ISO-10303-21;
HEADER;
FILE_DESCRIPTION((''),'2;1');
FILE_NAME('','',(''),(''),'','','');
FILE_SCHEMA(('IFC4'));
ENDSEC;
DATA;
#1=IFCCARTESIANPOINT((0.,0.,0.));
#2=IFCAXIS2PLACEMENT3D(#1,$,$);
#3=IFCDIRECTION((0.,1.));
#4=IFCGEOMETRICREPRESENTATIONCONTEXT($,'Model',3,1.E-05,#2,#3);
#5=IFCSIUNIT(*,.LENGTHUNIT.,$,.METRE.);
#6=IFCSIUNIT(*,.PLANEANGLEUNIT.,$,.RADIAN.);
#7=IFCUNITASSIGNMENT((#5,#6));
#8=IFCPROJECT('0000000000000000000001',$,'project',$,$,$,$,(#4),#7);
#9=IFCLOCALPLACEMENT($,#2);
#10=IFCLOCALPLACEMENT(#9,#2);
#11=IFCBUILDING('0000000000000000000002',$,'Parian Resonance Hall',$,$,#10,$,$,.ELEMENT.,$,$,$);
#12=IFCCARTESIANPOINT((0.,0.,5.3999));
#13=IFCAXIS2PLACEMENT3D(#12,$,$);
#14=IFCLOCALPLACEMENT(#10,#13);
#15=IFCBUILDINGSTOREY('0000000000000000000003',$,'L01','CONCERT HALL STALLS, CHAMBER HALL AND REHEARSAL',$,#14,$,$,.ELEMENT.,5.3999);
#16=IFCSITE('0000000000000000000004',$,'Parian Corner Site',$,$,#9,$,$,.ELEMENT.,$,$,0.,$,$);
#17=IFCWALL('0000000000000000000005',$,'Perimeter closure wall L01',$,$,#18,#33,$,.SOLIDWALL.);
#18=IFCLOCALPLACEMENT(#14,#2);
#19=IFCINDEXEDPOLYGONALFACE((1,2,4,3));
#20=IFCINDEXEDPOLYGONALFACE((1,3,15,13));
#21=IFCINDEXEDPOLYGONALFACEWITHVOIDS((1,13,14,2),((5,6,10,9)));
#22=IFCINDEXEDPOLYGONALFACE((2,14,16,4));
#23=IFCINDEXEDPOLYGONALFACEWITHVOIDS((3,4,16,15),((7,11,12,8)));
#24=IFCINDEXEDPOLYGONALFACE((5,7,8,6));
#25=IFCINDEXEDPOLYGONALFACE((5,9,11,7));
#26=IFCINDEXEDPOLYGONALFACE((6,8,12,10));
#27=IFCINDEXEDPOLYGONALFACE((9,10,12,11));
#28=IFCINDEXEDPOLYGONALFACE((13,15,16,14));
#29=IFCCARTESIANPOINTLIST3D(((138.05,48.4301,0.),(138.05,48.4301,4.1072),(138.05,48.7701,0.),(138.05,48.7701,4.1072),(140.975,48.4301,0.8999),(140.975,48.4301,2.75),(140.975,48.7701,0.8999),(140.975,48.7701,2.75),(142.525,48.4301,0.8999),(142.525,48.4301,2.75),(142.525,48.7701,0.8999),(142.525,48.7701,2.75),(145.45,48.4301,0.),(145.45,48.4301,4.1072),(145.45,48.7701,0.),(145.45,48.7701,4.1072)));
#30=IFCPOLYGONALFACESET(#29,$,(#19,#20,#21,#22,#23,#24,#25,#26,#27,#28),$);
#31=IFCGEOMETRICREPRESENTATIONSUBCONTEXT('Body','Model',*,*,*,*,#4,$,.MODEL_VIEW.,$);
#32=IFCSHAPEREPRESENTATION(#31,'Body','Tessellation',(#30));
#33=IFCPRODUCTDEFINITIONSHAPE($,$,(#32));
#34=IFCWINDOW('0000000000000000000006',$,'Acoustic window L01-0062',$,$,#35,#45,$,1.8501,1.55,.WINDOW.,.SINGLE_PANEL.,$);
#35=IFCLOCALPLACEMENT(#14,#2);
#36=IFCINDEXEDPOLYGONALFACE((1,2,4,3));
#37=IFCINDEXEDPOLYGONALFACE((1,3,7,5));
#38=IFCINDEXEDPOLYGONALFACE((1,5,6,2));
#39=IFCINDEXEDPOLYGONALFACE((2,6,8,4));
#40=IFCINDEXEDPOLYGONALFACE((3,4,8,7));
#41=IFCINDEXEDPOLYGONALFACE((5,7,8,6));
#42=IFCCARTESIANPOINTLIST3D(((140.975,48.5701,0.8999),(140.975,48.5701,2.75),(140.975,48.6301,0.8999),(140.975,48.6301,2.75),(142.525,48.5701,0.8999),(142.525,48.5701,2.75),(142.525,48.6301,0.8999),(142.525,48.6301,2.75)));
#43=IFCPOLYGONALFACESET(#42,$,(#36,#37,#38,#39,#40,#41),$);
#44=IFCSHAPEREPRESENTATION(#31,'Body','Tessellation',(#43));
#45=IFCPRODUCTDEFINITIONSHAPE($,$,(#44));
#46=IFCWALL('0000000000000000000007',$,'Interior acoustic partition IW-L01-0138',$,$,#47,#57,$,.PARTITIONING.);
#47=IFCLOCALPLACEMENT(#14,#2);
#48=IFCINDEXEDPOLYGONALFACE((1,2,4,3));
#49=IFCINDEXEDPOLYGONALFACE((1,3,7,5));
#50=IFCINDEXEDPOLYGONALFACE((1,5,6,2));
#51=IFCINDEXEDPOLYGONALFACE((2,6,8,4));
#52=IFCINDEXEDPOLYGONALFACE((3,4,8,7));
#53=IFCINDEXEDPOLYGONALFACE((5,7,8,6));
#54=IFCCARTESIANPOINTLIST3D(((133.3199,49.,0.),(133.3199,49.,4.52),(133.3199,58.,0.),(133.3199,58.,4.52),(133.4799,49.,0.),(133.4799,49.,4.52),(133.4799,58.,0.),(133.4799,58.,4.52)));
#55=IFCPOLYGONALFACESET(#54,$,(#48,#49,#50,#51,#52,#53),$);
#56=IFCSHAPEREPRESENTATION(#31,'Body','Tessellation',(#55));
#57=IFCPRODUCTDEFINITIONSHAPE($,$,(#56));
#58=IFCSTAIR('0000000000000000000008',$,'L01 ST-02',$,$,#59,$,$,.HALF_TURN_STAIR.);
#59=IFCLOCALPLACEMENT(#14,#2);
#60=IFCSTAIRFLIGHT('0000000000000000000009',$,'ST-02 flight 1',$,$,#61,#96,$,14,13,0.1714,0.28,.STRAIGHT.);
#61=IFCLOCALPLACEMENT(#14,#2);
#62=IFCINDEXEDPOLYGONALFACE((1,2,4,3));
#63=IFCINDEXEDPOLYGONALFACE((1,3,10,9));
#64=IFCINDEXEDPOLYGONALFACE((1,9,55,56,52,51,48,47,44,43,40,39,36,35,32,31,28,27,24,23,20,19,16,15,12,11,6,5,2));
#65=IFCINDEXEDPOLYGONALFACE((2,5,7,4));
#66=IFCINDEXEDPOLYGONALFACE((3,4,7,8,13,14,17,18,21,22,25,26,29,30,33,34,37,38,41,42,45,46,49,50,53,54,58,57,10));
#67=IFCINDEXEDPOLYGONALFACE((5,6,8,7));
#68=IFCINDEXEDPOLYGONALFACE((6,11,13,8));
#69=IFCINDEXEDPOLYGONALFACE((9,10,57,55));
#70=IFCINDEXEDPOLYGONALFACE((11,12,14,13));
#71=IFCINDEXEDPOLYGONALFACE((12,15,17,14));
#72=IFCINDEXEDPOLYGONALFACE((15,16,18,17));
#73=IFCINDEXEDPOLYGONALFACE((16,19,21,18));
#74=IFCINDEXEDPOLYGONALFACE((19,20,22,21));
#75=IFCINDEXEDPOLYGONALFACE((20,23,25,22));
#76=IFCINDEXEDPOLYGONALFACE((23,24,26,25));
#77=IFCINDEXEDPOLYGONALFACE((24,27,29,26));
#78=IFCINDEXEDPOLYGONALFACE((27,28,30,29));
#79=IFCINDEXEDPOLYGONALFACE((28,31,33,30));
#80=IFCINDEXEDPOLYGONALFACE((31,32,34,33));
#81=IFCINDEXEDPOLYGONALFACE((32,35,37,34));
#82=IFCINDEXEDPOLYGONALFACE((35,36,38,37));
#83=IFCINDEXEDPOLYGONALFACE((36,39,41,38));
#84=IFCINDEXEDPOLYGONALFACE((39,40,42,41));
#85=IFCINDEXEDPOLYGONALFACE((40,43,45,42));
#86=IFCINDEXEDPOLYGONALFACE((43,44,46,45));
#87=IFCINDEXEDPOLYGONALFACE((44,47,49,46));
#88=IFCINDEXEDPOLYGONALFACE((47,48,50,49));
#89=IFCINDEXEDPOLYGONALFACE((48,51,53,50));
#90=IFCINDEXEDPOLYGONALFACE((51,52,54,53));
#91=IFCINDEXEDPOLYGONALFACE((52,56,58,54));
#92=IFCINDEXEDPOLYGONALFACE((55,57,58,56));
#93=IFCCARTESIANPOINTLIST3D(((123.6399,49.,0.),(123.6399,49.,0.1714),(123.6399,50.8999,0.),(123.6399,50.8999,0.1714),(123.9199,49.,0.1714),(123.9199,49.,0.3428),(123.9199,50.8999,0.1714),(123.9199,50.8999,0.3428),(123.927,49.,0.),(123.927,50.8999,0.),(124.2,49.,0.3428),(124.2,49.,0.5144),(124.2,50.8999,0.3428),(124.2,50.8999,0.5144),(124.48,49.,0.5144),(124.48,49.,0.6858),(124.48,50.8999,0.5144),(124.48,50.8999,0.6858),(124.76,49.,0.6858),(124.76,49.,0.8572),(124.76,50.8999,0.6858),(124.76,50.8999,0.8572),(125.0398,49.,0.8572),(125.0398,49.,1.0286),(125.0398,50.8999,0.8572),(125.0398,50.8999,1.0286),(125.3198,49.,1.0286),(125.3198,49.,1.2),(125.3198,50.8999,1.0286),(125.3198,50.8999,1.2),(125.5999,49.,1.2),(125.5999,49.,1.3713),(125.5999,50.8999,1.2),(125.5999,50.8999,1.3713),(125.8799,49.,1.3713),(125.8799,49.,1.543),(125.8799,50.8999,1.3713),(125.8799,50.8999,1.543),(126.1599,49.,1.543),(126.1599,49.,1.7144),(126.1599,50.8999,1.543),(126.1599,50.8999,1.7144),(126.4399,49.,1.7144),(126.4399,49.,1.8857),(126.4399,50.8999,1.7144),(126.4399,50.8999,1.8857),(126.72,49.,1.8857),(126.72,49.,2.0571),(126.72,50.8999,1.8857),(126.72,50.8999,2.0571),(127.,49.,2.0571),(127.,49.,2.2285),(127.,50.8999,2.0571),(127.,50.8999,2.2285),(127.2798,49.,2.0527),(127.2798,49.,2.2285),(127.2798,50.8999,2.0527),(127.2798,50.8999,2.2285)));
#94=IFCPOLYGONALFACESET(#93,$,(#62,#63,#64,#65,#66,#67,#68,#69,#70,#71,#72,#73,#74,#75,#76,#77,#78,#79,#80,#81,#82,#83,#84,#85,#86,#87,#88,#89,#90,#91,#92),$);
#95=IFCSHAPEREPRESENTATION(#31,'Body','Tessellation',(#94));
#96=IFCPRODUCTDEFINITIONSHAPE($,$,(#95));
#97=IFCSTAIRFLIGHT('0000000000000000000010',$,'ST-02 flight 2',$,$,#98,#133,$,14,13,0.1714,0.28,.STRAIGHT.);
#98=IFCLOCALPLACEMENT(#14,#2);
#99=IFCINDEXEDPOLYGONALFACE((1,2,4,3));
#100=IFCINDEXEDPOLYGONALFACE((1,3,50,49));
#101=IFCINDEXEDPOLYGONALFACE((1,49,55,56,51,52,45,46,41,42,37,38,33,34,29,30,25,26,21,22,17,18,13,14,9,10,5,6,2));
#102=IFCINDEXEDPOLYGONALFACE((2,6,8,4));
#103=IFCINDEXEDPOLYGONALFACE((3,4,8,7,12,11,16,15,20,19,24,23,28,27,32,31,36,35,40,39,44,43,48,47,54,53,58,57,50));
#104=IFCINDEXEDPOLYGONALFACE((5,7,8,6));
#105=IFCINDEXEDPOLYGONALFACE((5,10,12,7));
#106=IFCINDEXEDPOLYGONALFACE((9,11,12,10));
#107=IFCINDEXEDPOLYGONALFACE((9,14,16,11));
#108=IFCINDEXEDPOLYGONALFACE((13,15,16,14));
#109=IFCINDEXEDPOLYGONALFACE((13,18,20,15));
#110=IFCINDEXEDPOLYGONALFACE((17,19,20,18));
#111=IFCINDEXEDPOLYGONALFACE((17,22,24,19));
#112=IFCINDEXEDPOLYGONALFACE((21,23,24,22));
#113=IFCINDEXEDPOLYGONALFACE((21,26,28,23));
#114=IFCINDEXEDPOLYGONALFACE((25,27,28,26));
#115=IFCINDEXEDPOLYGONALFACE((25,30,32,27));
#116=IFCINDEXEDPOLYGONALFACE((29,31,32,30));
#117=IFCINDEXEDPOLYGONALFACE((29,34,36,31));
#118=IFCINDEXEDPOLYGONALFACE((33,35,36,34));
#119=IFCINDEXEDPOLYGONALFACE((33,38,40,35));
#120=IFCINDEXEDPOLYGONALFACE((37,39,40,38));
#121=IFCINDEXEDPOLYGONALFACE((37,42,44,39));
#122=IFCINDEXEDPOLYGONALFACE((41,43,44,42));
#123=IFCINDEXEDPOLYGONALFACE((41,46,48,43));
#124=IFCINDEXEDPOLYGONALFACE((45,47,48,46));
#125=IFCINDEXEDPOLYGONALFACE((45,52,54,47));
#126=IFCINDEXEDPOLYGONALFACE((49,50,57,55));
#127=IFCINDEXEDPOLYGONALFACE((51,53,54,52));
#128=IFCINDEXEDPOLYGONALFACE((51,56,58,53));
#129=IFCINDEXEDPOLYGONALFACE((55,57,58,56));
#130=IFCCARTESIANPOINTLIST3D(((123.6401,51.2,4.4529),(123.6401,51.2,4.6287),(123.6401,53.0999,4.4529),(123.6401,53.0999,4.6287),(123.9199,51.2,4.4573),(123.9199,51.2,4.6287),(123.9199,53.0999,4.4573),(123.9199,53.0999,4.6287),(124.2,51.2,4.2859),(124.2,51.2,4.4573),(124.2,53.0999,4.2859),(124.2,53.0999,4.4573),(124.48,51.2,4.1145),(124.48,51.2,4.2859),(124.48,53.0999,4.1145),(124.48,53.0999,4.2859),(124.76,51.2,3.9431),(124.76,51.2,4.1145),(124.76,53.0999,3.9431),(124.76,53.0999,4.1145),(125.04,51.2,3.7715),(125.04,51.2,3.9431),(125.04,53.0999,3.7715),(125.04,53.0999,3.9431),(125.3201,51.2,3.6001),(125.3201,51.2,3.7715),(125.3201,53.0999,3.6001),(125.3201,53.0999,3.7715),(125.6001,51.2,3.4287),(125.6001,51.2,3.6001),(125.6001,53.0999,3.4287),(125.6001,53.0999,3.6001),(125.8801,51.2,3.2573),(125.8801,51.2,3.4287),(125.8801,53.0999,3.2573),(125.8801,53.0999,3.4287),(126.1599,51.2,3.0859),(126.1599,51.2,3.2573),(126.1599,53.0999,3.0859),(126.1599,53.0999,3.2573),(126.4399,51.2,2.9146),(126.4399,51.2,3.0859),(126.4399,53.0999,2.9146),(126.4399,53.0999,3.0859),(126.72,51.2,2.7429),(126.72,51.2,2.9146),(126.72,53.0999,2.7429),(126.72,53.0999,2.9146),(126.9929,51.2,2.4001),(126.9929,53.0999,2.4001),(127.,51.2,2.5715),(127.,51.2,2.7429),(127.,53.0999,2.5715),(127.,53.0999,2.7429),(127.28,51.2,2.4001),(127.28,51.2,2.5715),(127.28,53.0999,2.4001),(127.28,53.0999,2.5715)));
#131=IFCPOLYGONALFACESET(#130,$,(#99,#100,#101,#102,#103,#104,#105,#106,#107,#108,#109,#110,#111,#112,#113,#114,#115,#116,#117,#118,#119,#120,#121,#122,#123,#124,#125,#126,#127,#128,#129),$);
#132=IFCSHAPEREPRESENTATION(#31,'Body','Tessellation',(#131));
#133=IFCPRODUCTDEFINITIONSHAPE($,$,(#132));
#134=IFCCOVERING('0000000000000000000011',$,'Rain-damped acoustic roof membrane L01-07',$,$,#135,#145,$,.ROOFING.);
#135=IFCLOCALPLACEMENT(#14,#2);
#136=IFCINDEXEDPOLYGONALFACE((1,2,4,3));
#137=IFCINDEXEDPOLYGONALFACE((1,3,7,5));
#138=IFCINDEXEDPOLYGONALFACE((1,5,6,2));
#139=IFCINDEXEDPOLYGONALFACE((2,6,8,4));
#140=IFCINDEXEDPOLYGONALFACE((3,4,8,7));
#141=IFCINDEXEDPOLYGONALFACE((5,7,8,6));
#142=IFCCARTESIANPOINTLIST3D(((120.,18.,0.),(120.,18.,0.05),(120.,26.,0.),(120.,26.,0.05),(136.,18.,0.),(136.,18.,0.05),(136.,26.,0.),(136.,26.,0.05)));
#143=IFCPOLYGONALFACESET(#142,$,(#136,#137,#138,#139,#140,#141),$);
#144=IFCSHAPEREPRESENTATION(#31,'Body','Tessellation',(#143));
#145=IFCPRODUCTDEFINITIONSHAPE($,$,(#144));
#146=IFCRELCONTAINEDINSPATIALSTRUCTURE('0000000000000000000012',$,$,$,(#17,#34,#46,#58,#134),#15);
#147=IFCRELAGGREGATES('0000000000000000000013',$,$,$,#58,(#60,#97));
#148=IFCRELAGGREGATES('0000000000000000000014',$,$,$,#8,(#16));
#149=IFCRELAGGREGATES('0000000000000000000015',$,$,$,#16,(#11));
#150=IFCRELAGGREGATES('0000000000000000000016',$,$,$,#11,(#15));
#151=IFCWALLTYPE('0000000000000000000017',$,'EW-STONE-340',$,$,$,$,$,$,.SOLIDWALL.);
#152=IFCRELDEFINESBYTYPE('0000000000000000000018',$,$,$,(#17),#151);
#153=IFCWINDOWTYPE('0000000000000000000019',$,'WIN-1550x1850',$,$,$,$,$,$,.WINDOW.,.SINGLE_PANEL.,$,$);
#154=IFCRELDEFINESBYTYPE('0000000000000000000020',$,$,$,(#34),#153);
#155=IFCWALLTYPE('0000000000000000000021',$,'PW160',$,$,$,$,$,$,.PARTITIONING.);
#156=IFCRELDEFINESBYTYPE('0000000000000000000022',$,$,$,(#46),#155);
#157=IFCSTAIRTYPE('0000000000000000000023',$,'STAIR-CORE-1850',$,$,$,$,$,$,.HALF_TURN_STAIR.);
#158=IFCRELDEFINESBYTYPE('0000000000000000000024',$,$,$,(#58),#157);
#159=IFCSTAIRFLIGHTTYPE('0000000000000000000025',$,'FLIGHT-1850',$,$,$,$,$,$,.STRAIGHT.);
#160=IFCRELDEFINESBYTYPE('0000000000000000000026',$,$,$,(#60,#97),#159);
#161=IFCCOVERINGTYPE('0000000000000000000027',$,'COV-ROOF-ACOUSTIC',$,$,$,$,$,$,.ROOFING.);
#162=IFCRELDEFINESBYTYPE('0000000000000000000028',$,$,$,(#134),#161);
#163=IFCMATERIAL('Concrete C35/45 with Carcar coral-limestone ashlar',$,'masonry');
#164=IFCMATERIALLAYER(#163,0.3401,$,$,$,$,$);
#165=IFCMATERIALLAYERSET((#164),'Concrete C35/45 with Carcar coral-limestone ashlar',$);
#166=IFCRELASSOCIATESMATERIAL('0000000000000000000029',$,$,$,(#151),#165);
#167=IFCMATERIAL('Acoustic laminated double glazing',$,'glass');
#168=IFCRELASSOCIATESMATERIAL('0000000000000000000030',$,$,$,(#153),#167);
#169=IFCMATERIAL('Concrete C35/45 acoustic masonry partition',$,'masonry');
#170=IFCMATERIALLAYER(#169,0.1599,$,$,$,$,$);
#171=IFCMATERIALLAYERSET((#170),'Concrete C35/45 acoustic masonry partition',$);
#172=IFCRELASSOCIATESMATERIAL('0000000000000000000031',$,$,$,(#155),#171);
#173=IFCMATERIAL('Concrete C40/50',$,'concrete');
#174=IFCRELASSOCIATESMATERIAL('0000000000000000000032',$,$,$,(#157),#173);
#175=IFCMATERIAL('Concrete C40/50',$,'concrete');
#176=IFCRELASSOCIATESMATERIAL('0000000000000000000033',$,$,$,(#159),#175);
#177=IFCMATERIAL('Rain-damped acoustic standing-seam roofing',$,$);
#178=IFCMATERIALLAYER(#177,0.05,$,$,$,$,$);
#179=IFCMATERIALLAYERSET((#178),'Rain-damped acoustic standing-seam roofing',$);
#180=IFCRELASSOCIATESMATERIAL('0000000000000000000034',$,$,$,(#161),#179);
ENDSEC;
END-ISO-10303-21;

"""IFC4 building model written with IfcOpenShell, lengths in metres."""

from ifc_helpers import new_model, si_unit, direction, frame, frame_2d, origin, origin_2d, place, context, subcontext, project, spatial, polyline, rectangle, outline, extrude, material, layer, layer_set, type_object, element, fill, aggregate, save


model = new_model("IFC4")

# Units and contexts
model_context = context("Model", 3, precision=1e-05, world=origin(), true_north=direction((0.0, 1.0)))
body_context = subcontext(model_context, "Body", "Model", "MODEL_VIEW")
ifc_project = project(units=[si_unit("LENGTHUNIT", "METRE"), si_unit("PLANEANGLEUNIT", "RADIAN")], contexts=[model_context])

# Site, building, storey
site_placement = place(None, origin())
site = spatial("IfcSite", under=ifc_project, at=site_placement, Name="Parian Corner Site", CompositionType="ELEMENT", RefElevation=0.0)
building_placement = place(site_placement, origin())
building = spatial("IfcBuilding", under=site, at=building_placement, Name="Parian Resonance Hall", CompositionType="ELEMENT")
storey_placement = place(building_placement, frame((0.0, 0.0, 5.3999)))
storey = spatial("IfcBuildingStorey", under=building, at=storey_placement, Name="L01", Description="CONCERT HALL STALLS, CHAMBER HALL AND REHEARSAL", CompositionType="ELEMENT", Elevation=5.3999)

# Shared definitions
ifc_material_1 = material(Name="Concrete C35/45 with Carcar coral-limestone ashlar", Category="masonry")
ifc_layer_1 = layer(ifc_material_1, 0.3401)
ifc_layer_set_1 = layer_set([ifc_layer_1], Name="Concrete C35/45 with Carcar coral-limestone ashlar")
wall_type_1 = type_object("IfcWallType", Name="EW-STONE-340", PredefinedType="SOLIDWALL", material=ifc_layer_set_1)

# Wall, opening, window
wall_1_placement = place(storey_placement, frame((138.05, 48.6001, 0.0), z_axis=(0.0, 0.0, 1.0), x_axis=(1.0, 0.0, 0.0)))
wall_1 = element("IfcWall", 1, at=wall_1_placement, inside=storey, type_object=wall_type_1, Name="Perimeter closure wall L01", PredefinedType="SOLIDWALL", context=body_context, shape_type="SweptSolid", body=[
    extrude(rectangle(XDim=7.3999, YDim=0.3401, at=frame_2d((3.7, 0.0))), origin(), (0.0, 0.0, 1.0), 4.1072),
])
opening_placement = place(wall_1_placement, frame((2.925, 0.0, 0.8999)))
opening = element("IfcOpeningElement", 2, at=opening_placement, cuts=wall_1, PredefinedType="OPENING", context=body_context, shape_type="SweptSolid", body=[
    extrude(rectangle(XDim=1.55, YDim=1.8501, at=frame_2d((0.7749, 0.925))), frame((0.0, 0.1799, 0.0), z_axis=(0.0, -1.0, 0.0), x_axis=(1.0, 0.0, 0.0)), (0.0, 0.0, 1.0), 0.3601),
])
ifc_material_2 = material(Name="Acoustic laminated double glazing", Category="glass")
window_type = type_object("IfcWindowType", Name="WIN-1550x1850", PartitioningType="SINGLE_PANEL", PredefinedType="WINDOW", material=ifc_material_2)
window_placement = place(opening_placement, origin())
window = element("IfcWindow", 3, at=window_placement, inside=storey, type_object=window_type, Name="Acoustic window L01-0062", OverallHeight=1.8501, OverallWidth=1.55, PartitioningType="SINGLE_PANEL", PredefinedType="WINDOW", context=body_context, shape_type="SweptSolid", body=[
    extrude(rectangle(XDim=1.55, YDim=1.8501, at=frame_2d((0.7749, 0.925))), frame((0.0, 0.03, 0.0), z_axis=(0.0, -1.0, 0.0), x_axis=(1.0, 0.0, 0.0)), (0.0, 0.0, 1.0), 0.0601),
])
fill(opening, window)

# Wall
ifc_material_3 = material(Name="Concrete C35/45 acoustic masonry partition", Category="masonry")
ifc_layer_2 = layer(ifc_material_3, 0.1599)
ifc_layer_set_2 = layer_set([ifc_layer_2], Name="Concrete C35/45 acoustic masonry partition")
wall_type_2 = type_object("IfcWallType", Name="PW160", PredefinedType="PARTITIONING", material=ifc_layer_set_2)
wall_2_placement = place(storey_placement, frame((133.3999, 49.0, 0.0), z_axis=(0.0, 0.0, 1.0), x_axis=(0.0, 1.0, 0.0)))
element("IfcWall", 4, at=wall_2_placement, inside=storey, type_object=wall_type_2, Name="Interior acoustic partition IW-L01-0138", PredefinedType="PARTITIONING", context=body_context, shape_type="SweptSolid", body=[
    extrude(rectangle(XDim=9.0, YDim=0.1599, at=frame_2d((4.5, 0.0))), origin(), (0.0, 0.0, 1.0), 4.52),
])

# Stair, stair flights
ifc_material_4 = material(Name="Concrete C40/50", Category="concrete")
stair_type = type_object("IfcStairType", Name="STAIR-CORE-1850", PredefinedType="HALF_TURN_STAIR", material=ifc_material_4)
stair_placement = place(storey_placement, origin())
stair = element("IfcStair", 5, at=stair_placement, inside=storey, type_object=stair_type, Name="L01 ST-02", PredefinedType="HALF_TURN_STAIR")
ifc_material_5 = material(Name="Concrete C40/50", Category="concrete")
stair_flight_type = type_object("IfcStairFlightType", Name="FLIGHT-1850", PredefinedType="STRAIGHT", material=ifc_material_5)
stair_flight_1_placement = place(storey_placement, frame((123.6399, 49.95, 0.0), z_axis=(0.0, 0.0, 1.0), x_axis=(1.0, 0.0, 0.0)))
stair_flight_1 = element("IfcStairFlight", 6, at=stair_flight_1_placement, type_object=stair_flight_type, Name="ST-02 flight 1", NumberOfRisers=14, NumberOfTreads=13, PredefinedType="STRAIGHT", RiserHeight=0.1714, TreadLength=0.28, context=body_context, shape_type="SweptSolid", body=[
    extrude(outline(polyline([(0.0, 0.0), (0.0, 0.1714), (0.28, 0.1714), (0.28, 0.3428), (0.5601, 0.3428), (0.5601, 0.5144), (0.8401, 0.5144), (0.8401, 0.6858), (1.1201, 0.6858), (1.1201, 0.8572), (1.3999, 0.8572), (1.3999, 1.0286), (1.6799, 1.0286), (1.6799, 1.2), (1.96, 1.2), (1.96, 1.3713), (2.24, 1.3713), (2.24, 1.543), (2.52, 1.543), (2.52, 1.7144), (2.8, 1.7144), (2.8, 1.8857), (3.0801, 1.8857), (3.0801, 2.0571), (3.3601, 2.0571), (3.3601, 2.2285), (3.6399, 2.2285), (3.6399, 2.3999), (3.6399, 2.0527), (0.2871, 0.0), (0.0, 0.0)])), frame((0.0, 0.95, 0.0), z_axis=(0.0, -1.0, 0.0), x_axis=(1.0, 0.0, 0.0)), (0.0, 0.0, 1.0), 1.8999),
])
stair_flight_2_placement = place(storey_placement, frame((127.28, 52.1499, 2.4001), z_axis=(0.0, 0.0, 1.0), x_axis=(-1.0, 0.0, 0.0)))
stair_flight_2 = element("IfcStairFlight", 7, at=stair_flight_2_placement, type_object=stair_flight_type, Name="ST-02 flight 2", NumberOfRisers=14, NumberOfTreads=13, PredefinedType="STRAIGHT", RiserHeight=0.1714, TreadLength=0.28, context=body_context, shape_type="SweptSolid", body=[
    extrude(outline(polyline([(0.0, 0.0), (0.0, 0.1714), (0.28, 0.1714), (0.28, 0.3428), (0.5601, 0.3428), (0.5601, 0.5144), (0.8401, 0.5144), (0.8401, 0.6858), (1.1201, 0.6858), (1.1201, 0.8572), (1.3999, 0.8572), (1.3999, 1.0286), (1.6799, 1.0286), (1.6799, 1.2), (1.96, 1.2), (1.96, 1.3713), (2.24, 1.3713), (2.24, 1.543), (2.52, 1.543), (2.52, 1.7144), (2.8, 1.7144), (2.8, 1.8857), (3.0801, 1.8857), (3.0801, 2.0571), (3.3601, 2.0571), (3.3601, 2.2285), (3.6399, 2.2285), (3.6399, 2.3999), (3.6399, 2.0527), (0.2871, 0.0), (0.0, 0.0)])), frame((0.0, 0.95, 0.0), z_axis=(0.0, -1.0, 0.0), x_axis=(1.0, 0.0, 0.0)), (0.0, 0.0, 1.0), 1.8999),
])
aggregate(stair, [stair_flight_1, stair_flight_2])

# Covering
ifc_material_6 = material(Name="Rain-damped acoustic standing-seam roofing")
ifc_layer_3 = layer(ifc_material_6, 0.05)
ifc_layer_set_3 = layer_set([ifc_layer_3], Name="Rain-damped acoustic standing-seam roofing")
covering_type = type_object("IfcCoveringType", Name="COV-ROOF-ACOUSTIC", PredefinedType="ROOFING", material=ifc_layer_set_3)
covering_placement = place(storey_placement, frame((128.0, 22.0, 0.0), z_axis=(0.0, 0.0, 1.0), x_axis=(1.0, 0.0, 0.0)))
element("IfcCovering", 8, at=covering_placement, inside=storey, type_object=covering_type, Name="Rain-damped acoustic roof membrane L01-07", PredefinedType="ROOFING", context=body_context, shape_type="SweptSolid", body=[
    extrude(rectangle(XDim=16.0, YDim=8.0, at=origin_2d()), origin(), (0.0, 0.0, 1.0), 0.05),
])

save(model, "model.ifc")
